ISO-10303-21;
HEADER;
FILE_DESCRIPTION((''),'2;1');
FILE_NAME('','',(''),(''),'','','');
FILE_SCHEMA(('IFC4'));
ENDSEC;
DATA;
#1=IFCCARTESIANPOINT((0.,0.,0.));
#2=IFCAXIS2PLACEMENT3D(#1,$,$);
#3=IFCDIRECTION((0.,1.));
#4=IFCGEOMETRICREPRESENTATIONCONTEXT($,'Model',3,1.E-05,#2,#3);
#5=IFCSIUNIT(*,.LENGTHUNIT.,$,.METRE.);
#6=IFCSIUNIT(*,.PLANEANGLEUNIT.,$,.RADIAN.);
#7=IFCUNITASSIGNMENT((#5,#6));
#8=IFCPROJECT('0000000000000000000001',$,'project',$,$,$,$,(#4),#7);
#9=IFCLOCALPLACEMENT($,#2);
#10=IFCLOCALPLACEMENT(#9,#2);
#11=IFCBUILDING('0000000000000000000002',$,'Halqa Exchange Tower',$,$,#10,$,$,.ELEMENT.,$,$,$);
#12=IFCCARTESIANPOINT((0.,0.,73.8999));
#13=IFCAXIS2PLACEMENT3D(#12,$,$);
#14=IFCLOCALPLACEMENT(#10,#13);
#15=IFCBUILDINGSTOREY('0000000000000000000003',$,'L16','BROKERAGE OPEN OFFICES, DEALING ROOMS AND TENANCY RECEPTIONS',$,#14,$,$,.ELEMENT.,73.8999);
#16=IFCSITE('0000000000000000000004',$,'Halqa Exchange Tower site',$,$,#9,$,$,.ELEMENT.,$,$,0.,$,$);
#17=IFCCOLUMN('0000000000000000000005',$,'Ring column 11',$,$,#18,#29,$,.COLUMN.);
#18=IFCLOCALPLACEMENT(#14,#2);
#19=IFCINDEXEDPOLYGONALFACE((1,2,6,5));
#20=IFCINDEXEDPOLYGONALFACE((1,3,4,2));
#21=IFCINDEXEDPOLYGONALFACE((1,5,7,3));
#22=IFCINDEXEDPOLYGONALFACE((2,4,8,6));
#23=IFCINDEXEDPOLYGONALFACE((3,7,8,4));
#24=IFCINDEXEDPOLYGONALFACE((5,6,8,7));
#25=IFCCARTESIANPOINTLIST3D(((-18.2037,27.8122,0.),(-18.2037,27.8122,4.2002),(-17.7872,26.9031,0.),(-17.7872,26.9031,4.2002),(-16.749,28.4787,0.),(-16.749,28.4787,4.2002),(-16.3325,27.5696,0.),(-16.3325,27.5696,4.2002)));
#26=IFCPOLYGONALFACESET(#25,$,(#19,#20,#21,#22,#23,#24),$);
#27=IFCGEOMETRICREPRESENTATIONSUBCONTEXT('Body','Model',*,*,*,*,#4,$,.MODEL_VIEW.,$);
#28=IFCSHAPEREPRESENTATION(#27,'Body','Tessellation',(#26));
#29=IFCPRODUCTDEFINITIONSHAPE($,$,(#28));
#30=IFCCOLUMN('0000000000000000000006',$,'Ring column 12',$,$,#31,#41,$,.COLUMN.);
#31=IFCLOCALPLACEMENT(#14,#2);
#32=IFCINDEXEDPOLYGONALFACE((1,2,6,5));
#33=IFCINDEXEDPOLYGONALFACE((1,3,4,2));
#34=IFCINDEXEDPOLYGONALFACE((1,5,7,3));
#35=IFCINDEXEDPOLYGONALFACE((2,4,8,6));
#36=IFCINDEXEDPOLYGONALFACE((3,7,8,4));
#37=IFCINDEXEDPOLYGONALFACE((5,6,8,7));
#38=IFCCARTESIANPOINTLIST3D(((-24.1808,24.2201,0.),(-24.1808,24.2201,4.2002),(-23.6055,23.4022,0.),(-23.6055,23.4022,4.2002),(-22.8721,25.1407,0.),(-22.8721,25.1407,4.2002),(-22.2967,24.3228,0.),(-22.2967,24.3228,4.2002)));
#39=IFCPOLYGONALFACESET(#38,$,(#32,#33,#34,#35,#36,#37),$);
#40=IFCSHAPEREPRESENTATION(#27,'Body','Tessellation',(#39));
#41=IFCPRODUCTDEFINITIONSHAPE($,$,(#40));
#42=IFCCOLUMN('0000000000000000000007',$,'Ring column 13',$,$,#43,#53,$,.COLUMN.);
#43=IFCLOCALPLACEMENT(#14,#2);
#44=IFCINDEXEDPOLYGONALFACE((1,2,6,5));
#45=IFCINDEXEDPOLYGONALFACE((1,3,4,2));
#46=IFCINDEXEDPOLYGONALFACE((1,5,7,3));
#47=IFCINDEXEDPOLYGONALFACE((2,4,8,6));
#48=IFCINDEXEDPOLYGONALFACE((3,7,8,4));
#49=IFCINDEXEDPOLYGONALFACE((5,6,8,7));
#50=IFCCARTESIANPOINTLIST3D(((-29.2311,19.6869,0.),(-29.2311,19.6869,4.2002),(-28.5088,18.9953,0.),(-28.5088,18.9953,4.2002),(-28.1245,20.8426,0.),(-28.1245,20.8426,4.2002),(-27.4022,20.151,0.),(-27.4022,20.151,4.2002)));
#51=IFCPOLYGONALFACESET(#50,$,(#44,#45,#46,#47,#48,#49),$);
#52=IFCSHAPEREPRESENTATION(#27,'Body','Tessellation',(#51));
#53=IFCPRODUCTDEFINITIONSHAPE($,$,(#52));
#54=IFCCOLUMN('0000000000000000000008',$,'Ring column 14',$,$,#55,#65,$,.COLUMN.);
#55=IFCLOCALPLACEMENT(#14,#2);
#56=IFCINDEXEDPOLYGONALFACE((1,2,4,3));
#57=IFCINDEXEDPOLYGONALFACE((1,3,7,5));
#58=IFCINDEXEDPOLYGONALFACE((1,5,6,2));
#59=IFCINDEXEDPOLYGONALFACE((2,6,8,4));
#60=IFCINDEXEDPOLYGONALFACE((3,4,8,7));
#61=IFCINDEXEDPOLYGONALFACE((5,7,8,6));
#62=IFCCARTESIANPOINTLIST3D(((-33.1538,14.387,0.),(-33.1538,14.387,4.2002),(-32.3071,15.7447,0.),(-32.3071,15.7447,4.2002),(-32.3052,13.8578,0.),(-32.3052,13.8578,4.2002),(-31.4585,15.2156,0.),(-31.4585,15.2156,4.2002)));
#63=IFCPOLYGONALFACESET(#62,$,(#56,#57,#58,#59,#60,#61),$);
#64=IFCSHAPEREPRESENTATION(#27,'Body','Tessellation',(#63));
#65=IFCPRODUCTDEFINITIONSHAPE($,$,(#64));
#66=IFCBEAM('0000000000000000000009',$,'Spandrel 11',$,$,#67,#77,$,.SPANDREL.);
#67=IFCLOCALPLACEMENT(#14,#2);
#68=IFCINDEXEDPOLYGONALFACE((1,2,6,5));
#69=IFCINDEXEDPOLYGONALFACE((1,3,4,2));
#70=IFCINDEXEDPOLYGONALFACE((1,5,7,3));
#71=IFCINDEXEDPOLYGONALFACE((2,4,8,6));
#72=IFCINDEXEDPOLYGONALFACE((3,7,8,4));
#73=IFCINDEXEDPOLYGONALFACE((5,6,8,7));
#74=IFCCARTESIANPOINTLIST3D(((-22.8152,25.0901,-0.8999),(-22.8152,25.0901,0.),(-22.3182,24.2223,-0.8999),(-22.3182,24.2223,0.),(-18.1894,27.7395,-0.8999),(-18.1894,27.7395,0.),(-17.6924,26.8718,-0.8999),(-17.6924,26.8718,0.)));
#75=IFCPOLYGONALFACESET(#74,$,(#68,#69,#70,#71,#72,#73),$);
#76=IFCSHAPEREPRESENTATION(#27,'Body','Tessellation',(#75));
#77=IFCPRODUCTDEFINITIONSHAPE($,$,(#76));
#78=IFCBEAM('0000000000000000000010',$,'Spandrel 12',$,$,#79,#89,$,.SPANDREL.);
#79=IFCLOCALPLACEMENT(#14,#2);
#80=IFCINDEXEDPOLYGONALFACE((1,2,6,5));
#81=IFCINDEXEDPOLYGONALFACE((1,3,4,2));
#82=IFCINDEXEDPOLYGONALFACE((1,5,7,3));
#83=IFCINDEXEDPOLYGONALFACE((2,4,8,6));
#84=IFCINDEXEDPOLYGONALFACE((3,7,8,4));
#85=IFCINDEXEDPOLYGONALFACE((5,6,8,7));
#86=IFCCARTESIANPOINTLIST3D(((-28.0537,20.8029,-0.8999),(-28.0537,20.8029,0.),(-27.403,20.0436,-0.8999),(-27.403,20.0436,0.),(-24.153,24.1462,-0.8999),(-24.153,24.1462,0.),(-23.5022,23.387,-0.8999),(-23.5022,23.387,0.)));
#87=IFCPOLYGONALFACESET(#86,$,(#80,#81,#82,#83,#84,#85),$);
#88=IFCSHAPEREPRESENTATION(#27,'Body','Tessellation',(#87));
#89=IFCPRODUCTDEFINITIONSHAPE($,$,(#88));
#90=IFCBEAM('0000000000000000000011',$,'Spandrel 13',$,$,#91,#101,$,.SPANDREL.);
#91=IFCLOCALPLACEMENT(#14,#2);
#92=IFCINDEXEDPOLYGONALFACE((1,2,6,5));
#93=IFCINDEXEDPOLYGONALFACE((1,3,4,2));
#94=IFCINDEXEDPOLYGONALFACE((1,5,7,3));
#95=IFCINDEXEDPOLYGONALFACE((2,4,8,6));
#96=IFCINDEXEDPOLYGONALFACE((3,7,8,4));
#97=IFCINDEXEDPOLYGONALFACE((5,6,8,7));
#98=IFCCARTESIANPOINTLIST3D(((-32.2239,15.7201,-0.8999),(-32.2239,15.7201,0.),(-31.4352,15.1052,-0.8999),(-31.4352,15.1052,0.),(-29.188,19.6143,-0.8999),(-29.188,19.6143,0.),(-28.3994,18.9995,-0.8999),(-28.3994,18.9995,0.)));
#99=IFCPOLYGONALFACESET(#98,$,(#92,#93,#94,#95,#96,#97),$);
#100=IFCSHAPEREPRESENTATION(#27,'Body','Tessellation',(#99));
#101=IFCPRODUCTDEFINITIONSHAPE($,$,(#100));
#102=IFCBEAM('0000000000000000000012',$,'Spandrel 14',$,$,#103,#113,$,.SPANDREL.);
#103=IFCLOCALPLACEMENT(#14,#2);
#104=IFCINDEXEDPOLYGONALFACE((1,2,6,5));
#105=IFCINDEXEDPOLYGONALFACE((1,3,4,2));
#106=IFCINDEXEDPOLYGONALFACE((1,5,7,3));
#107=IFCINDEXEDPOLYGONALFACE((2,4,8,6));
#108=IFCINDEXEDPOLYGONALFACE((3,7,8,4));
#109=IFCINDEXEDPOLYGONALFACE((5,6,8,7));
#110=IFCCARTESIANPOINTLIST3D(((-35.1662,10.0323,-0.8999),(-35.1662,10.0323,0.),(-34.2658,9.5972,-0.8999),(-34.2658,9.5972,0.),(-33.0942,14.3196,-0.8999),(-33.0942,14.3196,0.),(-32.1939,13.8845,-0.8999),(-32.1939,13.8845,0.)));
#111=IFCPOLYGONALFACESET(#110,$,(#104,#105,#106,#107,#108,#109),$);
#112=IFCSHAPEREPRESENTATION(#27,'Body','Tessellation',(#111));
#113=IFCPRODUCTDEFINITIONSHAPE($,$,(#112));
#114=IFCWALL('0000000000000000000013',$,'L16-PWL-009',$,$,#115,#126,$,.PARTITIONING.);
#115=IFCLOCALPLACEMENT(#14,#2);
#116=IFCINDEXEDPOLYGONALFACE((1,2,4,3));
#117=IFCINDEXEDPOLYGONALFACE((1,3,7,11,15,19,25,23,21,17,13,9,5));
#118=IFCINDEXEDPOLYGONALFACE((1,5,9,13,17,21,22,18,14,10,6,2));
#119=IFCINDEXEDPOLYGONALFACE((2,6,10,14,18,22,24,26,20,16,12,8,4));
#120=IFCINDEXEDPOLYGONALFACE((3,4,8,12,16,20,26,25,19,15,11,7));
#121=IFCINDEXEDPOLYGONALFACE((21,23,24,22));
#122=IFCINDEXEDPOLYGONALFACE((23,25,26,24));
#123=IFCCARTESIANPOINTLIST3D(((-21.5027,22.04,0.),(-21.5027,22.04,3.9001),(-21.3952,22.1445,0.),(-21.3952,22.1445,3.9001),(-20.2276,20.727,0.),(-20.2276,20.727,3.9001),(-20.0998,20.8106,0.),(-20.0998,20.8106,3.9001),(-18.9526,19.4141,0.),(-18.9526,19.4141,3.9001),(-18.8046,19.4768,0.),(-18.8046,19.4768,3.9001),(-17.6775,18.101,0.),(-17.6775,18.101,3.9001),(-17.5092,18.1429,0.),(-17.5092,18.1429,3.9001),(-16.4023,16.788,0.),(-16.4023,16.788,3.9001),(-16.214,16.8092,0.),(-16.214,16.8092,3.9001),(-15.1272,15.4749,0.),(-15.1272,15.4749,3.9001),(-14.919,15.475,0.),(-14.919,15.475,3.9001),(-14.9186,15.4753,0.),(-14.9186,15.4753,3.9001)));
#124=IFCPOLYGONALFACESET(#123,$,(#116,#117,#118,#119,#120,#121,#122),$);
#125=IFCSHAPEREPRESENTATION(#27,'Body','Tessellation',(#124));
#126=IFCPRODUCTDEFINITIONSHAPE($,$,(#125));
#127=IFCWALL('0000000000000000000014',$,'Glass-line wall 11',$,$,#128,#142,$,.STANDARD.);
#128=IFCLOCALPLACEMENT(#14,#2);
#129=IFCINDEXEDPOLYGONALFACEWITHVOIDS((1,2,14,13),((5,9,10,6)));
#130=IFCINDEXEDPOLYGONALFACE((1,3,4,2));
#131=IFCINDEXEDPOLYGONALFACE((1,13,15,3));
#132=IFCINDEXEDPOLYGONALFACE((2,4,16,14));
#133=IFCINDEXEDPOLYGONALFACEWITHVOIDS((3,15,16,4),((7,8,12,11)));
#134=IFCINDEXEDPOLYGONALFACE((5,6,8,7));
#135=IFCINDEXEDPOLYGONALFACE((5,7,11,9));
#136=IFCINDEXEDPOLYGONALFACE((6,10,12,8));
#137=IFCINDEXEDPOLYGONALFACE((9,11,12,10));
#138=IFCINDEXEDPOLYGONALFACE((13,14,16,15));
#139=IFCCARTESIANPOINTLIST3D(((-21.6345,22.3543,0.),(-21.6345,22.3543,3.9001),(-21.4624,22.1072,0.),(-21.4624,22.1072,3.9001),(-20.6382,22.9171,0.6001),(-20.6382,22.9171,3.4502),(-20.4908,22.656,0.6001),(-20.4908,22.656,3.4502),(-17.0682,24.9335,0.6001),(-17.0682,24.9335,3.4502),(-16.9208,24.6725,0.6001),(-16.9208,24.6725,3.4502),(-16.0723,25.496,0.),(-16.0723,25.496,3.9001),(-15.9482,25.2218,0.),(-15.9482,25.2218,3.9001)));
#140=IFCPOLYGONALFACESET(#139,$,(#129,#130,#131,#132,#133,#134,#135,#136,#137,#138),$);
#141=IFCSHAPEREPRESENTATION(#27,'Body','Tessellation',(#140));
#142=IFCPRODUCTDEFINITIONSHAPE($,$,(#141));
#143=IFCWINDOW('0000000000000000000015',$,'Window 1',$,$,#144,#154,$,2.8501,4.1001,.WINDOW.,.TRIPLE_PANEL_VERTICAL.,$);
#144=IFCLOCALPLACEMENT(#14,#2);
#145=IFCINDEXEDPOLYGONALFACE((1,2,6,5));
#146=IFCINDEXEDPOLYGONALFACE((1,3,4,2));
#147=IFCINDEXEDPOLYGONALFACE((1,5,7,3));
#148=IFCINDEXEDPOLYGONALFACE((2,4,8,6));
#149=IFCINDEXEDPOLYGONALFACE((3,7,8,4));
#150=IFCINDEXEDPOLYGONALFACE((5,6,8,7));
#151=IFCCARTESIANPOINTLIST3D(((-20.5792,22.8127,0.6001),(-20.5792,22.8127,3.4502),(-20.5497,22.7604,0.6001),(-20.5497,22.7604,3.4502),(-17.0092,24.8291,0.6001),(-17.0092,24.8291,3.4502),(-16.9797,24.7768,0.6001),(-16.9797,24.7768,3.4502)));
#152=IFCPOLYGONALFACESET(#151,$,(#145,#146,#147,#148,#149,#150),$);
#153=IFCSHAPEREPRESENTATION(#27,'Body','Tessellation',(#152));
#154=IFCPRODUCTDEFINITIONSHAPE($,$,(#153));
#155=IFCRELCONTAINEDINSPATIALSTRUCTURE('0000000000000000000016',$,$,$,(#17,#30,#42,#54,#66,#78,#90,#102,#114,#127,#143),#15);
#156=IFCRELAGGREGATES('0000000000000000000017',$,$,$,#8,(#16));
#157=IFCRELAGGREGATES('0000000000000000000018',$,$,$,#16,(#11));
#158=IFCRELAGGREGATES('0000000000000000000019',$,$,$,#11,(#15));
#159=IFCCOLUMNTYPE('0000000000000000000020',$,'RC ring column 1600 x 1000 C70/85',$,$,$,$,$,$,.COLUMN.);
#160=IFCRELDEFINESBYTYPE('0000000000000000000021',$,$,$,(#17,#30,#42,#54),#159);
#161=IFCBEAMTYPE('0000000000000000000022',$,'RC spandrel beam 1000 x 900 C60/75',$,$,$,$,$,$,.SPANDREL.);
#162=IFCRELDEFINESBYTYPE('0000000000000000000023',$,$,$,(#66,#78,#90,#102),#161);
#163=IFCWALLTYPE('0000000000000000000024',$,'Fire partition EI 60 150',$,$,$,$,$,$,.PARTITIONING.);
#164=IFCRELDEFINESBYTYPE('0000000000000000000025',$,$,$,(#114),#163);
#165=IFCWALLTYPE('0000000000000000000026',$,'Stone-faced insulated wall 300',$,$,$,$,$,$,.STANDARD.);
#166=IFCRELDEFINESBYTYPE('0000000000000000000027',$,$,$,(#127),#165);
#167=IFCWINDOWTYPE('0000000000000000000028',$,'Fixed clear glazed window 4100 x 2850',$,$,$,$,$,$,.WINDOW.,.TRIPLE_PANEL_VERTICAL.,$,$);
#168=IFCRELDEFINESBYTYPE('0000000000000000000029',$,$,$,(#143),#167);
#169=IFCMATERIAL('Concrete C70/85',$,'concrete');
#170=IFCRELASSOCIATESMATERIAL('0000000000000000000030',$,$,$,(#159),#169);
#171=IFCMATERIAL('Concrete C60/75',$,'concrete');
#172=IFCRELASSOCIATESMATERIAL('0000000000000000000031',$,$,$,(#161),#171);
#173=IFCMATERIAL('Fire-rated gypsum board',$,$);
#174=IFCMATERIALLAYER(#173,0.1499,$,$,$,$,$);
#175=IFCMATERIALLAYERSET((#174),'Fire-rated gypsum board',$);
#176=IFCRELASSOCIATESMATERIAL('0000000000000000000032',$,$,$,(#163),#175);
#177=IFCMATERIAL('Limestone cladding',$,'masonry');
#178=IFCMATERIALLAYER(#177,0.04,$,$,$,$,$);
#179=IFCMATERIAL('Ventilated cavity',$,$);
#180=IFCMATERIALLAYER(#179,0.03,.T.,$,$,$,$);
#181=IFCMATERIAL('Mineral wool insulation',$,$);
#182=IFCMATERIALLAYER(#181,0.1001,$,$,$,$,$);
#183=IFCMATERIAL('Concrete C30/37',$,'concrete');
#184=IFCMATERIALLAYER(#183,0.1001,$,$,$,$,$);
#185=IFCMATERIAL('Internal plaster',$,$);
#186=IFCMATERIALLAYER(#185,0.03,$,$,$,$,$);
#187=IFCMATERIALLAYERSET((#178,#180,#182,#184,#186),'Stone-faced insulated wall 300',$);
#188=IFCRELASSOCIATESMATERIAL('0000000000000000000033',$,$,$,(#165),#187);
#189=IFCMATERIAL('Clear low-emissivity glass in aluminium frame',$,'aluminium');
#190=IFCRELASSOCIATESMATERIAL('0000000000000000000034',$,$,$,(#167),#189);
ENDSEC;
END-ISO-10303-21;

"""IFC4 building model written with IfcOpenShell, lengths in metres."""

from ifc_helpers import new_model, si_unit, direction, frame, frame_2d, origin, origin_2d, place, context, subcontext, project, spatial, polyline, rectangle, outline, extrude, material, layer, layer_set, material_profile, profile_set, type_object, element, fill, save


model = new_model("IFC4")

# Units and contexts
model_context = context("Model", 3, precision=1e-05, world=origin(), true_north=direction((0.0, 1.0)))
body_context = subcontext(model_context, "Body", "Model", "MODEL_VIEW")
ifc_project = project(units=[si_unit("LENGTHUNIT", "METRE"), si_unit("PLANEANGLEUNIT", "RADIAN")], contexts=[model_context])

# Site, building, storey
site_placement = place(None, origin())
site = spatial("IfcSite", under=ifc_project, at=site_placement, Name="Halqa Exchange Tower site", CompositionType="ELEMENT", RefElevation=0.0)
building_placement = place(site_placement, origin())
building = spatial("IfcBuilding", under=site, at=building_placement, Name="Halqa Exchange Tower", CompositionType="ELEMENT")
storey_placement = place(building_placement, frame((0.0, 0.0, 73.8999)))
storey = spatial("IfcBuildingStorey", under=building, at=storey_placement, Name="L16", Description="BROKERAGE OPEN OFFICES, DEALING ROOMS AND TENANCY RECEPTIONS", CompositionType="ELEMENT", Elevation=73.8999)

# Columns
ifc_material_1 = material(Name="Concrete C70/85", Category="concrete")
ifc_material_profile_1 = material_profile(ifc_material_1, rectangle(XDim=1.6001, YDim=1.0, at=origin_2d()), Name="1600 x 1000")
ifc_profile_set_1 = profile_set([ifc_material_profile_1], Name="Concrete C70/85")
column_type = type_object("IfcColumnType", Name="RC ring column 1600 x 1000 C70/85", PredefinedType="COLUMN", material=ifc_profile_set_1)
for number, where, z_axis, x_axis, name in (
    (1, (-17.2681, 27.6909, 0.0), (0.0, 0.0, 1.0), (-0.909127, -0.416519, 0.0), "Ring column 11"),
    (2, (-23.2388, 24.2715, 0.0), (0.0, 0.0, 1.0), (-0.817909, -0.575348, 0.0), "Ring column 12"),
    (3, (-28.3167, 19.9189, 0.0), (0.0, 0.0, 1.0), (-0.691579, -0.722301, 0.0), "Ring column 13"),
    (4, (-32.3062, 14.8013, 0.0), (0.0, 0.0, 1.0), (-0.529145, -0.848531, 0.0), "Ring column 14"),
):
    element("IfcColumn", number, at=place(storey_placement, frame(where, z_axis=z_axis, x_axis=x_axis)), inside=storey, type_object=column_type, Name=name, PredefinedType="COLUMN", context=body_context, shape_type="SweptSolid", body=[
        extrude(rectangle(XDim=1.6001, YDim=1.0, at=origin_2d()), origin(), (0.0, 0.0, 1.0), 4.2002),
    ])

# Beams
ifc_material_2 = material(Name="Concrete C60/75", Category="concrete")
ifc_material_profile_2 = material_profile(ifc_material_2, rectangle(XDim=1.0, YDim=0.8999, at=origin_2d()), Name="1000 x 900")
ifc_profile_set_2 = profile_set([ifc_material_profile_2], Name="Concrete C60/75")
beam_type = type_object("IfcBeamType", Name="RC spandrel beam 1000 x 900 C60/75", PredefinedType="SPANDREL", material=ifc_profile_set_2)
beam_1_placement = place(storey_placement, frame((-17.9409, 27.3057, -0.45), z_axis=(-0.867747, -0.497007, 0.0), x_axis=(0.497007, -0.867747, 0.0)))
element("IfcBeam", 5, at=beam_1_placement, inside=storey, type_object=beam_type, Name="Spandrel 11", PredefinedType="SPANDREL", context=body_context, shape_type="SweptSolid", body=[
    extrude(rectangle(XDim=1.0, YDim=0.8999, at=origin_2d()), origin(), (0.0, 0.0, 1.0), 5.3308),
])
beam_2_placement = place(storey_placement, frame((-23.8276, 23.7666, -0.45), z_axis=(-0.75927, -0.650776, 0.0), x_axis=(0.650776, -0.75927, 0.0)))
element("IfcBeam", 6, at=beam_2_placement, inside=storey, type_object=beam_type, Name="Spandrel 12", PredefinedType="SPANDREL", context=body_context, shape_type="SweptSolid", body=[
    extrude(rectangle(XDim=1.0, YDim=0.8999, at=origin_2d()), origin(), (0.0, 0.0, 1.0), 5.1375),
])
beam_3_placement = place(storey_placement, frame((-28.7937, 19.3069, -0.45), z_axis=(-0.614823, -0.788665, 0.0), x_axis=(0.788665, -0.614823, 0.0)))
element("IfcBeam", 7, at=beam_3_placement, inside=storey, type_object=beam_type, Name="Spandrel 13", PredefinedType="SPANDREL", context=body_context, shape_type="SweptSolid", body=[
    extrude(rectangle(XDim=1.0, YDim=0.8999, at=origin_2d()), origin(), (0.0, 0.0, 1.0), 4.9377),
])
beam_4_placement = place(storey_placement, frame((-32.644, 14.1021, -0.45), z_axis=(-0.435135, -0.900365, 0.0), x_axis=(0.900365, -0.435135, 0.0)))
element("IfcBeam", 8, at=beam_4_placement, inside=storey, type_object=beam_type, Name="Spandrel 14", PredefinedType="SPANDREL", context=body_context, shape_type="SweptSolid", body=[
    extrude(rectangle(XDim=1.0, YDim=0.8999, at=origin_2d()), origin(), (0.0, 0.0, 1.0), 4.7617),
])

# Shared definitions
ifc_material_3 = material(Name="Fire-rated gypsum board")
ifc_layer_1 = layer(ifc_material_3, 0.1499)
ifc_layer_set_1 = layer_set([ifc_layer_1], Name="Fire-rated gypsum board")
wall_type_1 = type_object("IfcWallType", Name="Fire partition EI 60 150", PredefinedType="PARTITIONING", material=ifc_layer_set_1)

# Wall
wall_1_placement = place(storey_placement, frame((-14.9724, 15.4231, 0.0), z_axis=(0.0, 0.0, 1.0), x_axis=(-0.696671, 0.717391, 0.0)))
element("IfcWall", 9, at=wall_1_placement, inside=storey, type_object=wall_type_1, Name="L16-PWL-009", PredefinedType="PARTITIONING", context=body_context, shape_type="SweptSolid", body=[
    extrude(outline(polyline([(9.2964, 0.075), (7.4661, 0.075), (5.636, 0.075), (3.8057, 0.075), (1.9753, 0.075), (0.145, 0.075), (0.0, -0.0745), (0.0, -0.075), (1.8594, -0.075), (3.7185, -0.075), (5.5779, -0.075), (7.437, -0.075), (9.2964, -0.075), (9.2964, 0.075)])), origin(), (0.0, 0.0, 1.0), 3.9001),
])

# Wall, opening, window
ifc_material_4 = material(Name="Limestone cladding", Category="masonry")
ifc_layer_2 = layer(ifc_material_4, 0.04)
ifc_material_5 = material(Name="Ventilated cavity")
ifc_layer_3 = layer(ifc_material_5, 0.03, ventilated=True)
ifc_material_6 = material(Name="Mineral wool insulation")
ifc_layer_4 = layer(ifc_material_6, 0.1001)
ifc_material_7 = material(Name="Concrete C30/37", Category="concrete")
ifc_layer_5 = layer(ifc_material_7, 0.1001)
ifc_material_8 = material(Name="Internal plaster")
ifc_layer_6 = layer(ifc_material_8, 0.03)
ifc_layer_set_2 = layer_set([ifc_layer_2, ifc_layer_3, ifc_layer_4, ifc_layer_5, ifc_layer_6], Name="Stone-faced insulated wall 300")
wall_type_2 = type_object("IfcWallType", Name="Stone-faced insulated wall 300", PredefinedType="STANDARD", material=ifc_layer_set_2)
wall_2_placement = place(storey_placement, frame((-16.0103, 25.3589, 0.0), z_axis=(0.0, 0.0, 1.0), x_axis=(-0.87071, -0.491797, 0.0)))
wall_2 = element("IfcWall", 10, at=wall_2_placement, inside=storey, type_object=wall_type_2, Name="Glass-line wall 11", PredefinedType="STANDARD", context=body_context, shape_type="SweptSolid", body=[
    extrude(outline(polyline([(-0.0134, -0.1499), (6.3748, -0.1499), (6.3464, 0.1499), (0.0134, 0.1499), (-0.0134, -0.1499)])), origin(), (0.0, 0.0, 1.0), 3.9001),
])
opening_1_placement = place(wall_2_placement, frame((1.1304, 0.0, 0.6001)))
opening_1 = element("IfcOpeningElement", 11, at=opening_1_placement, cuts=wall_2, PredefinedType="OPENING", context=body_context, shape_type="SweptSolid", body=[
    extrude(rectangle(XDim=4.1001, YDim=2.8501, at=frame_2d((2.05, 1.425))), frame((0.0, 0.1621, 0.0), z_axis=(0.0, -1.0, 0.0), x_axis=(1.0, 0.0, 0.0)), (0.0, 0.0, 1.0), 0.324),
])
ifc_material_9 = material(Name="Clear low-emissivity glass in aluminium frame", Category="aluminium")
window_type = type_object("IfcWindowType", Name="Fixed clear glazed window 4100 x 2850", PartitioningType="TRIPLE_PANEL_VERTICAL", PredefinedType="WINDOW", material=ifc_material_9)
window_1_placement = place(opening_1_placement, origin())
window_1 = element("IfcWindow", 12, at=window_1_placement, inside=storey, type_object=window_type, Name="Window 1", OverallHeight=2.8501, OverallWidth=4.1001, PartitioningType="TRIPLE_PANEL_VERTICAL", PredefinedType="WINDOW", context=body_context, shape_type="SweptSolid", body=[
    extrude(rectangle(XDim=4.1001, YDim=2.8501, at=frame_2d((2.05, 1.425))), frame((0.0, 0.03, 0.0), z_axis=(0.0, -1.0, 0.0), x_axis=(1.0, 0.0, 0.0)), (0.0, 0.0, 1.0), 0.0601),
])
fill(opening_1, window_1)

save(model, "model.ifc")
